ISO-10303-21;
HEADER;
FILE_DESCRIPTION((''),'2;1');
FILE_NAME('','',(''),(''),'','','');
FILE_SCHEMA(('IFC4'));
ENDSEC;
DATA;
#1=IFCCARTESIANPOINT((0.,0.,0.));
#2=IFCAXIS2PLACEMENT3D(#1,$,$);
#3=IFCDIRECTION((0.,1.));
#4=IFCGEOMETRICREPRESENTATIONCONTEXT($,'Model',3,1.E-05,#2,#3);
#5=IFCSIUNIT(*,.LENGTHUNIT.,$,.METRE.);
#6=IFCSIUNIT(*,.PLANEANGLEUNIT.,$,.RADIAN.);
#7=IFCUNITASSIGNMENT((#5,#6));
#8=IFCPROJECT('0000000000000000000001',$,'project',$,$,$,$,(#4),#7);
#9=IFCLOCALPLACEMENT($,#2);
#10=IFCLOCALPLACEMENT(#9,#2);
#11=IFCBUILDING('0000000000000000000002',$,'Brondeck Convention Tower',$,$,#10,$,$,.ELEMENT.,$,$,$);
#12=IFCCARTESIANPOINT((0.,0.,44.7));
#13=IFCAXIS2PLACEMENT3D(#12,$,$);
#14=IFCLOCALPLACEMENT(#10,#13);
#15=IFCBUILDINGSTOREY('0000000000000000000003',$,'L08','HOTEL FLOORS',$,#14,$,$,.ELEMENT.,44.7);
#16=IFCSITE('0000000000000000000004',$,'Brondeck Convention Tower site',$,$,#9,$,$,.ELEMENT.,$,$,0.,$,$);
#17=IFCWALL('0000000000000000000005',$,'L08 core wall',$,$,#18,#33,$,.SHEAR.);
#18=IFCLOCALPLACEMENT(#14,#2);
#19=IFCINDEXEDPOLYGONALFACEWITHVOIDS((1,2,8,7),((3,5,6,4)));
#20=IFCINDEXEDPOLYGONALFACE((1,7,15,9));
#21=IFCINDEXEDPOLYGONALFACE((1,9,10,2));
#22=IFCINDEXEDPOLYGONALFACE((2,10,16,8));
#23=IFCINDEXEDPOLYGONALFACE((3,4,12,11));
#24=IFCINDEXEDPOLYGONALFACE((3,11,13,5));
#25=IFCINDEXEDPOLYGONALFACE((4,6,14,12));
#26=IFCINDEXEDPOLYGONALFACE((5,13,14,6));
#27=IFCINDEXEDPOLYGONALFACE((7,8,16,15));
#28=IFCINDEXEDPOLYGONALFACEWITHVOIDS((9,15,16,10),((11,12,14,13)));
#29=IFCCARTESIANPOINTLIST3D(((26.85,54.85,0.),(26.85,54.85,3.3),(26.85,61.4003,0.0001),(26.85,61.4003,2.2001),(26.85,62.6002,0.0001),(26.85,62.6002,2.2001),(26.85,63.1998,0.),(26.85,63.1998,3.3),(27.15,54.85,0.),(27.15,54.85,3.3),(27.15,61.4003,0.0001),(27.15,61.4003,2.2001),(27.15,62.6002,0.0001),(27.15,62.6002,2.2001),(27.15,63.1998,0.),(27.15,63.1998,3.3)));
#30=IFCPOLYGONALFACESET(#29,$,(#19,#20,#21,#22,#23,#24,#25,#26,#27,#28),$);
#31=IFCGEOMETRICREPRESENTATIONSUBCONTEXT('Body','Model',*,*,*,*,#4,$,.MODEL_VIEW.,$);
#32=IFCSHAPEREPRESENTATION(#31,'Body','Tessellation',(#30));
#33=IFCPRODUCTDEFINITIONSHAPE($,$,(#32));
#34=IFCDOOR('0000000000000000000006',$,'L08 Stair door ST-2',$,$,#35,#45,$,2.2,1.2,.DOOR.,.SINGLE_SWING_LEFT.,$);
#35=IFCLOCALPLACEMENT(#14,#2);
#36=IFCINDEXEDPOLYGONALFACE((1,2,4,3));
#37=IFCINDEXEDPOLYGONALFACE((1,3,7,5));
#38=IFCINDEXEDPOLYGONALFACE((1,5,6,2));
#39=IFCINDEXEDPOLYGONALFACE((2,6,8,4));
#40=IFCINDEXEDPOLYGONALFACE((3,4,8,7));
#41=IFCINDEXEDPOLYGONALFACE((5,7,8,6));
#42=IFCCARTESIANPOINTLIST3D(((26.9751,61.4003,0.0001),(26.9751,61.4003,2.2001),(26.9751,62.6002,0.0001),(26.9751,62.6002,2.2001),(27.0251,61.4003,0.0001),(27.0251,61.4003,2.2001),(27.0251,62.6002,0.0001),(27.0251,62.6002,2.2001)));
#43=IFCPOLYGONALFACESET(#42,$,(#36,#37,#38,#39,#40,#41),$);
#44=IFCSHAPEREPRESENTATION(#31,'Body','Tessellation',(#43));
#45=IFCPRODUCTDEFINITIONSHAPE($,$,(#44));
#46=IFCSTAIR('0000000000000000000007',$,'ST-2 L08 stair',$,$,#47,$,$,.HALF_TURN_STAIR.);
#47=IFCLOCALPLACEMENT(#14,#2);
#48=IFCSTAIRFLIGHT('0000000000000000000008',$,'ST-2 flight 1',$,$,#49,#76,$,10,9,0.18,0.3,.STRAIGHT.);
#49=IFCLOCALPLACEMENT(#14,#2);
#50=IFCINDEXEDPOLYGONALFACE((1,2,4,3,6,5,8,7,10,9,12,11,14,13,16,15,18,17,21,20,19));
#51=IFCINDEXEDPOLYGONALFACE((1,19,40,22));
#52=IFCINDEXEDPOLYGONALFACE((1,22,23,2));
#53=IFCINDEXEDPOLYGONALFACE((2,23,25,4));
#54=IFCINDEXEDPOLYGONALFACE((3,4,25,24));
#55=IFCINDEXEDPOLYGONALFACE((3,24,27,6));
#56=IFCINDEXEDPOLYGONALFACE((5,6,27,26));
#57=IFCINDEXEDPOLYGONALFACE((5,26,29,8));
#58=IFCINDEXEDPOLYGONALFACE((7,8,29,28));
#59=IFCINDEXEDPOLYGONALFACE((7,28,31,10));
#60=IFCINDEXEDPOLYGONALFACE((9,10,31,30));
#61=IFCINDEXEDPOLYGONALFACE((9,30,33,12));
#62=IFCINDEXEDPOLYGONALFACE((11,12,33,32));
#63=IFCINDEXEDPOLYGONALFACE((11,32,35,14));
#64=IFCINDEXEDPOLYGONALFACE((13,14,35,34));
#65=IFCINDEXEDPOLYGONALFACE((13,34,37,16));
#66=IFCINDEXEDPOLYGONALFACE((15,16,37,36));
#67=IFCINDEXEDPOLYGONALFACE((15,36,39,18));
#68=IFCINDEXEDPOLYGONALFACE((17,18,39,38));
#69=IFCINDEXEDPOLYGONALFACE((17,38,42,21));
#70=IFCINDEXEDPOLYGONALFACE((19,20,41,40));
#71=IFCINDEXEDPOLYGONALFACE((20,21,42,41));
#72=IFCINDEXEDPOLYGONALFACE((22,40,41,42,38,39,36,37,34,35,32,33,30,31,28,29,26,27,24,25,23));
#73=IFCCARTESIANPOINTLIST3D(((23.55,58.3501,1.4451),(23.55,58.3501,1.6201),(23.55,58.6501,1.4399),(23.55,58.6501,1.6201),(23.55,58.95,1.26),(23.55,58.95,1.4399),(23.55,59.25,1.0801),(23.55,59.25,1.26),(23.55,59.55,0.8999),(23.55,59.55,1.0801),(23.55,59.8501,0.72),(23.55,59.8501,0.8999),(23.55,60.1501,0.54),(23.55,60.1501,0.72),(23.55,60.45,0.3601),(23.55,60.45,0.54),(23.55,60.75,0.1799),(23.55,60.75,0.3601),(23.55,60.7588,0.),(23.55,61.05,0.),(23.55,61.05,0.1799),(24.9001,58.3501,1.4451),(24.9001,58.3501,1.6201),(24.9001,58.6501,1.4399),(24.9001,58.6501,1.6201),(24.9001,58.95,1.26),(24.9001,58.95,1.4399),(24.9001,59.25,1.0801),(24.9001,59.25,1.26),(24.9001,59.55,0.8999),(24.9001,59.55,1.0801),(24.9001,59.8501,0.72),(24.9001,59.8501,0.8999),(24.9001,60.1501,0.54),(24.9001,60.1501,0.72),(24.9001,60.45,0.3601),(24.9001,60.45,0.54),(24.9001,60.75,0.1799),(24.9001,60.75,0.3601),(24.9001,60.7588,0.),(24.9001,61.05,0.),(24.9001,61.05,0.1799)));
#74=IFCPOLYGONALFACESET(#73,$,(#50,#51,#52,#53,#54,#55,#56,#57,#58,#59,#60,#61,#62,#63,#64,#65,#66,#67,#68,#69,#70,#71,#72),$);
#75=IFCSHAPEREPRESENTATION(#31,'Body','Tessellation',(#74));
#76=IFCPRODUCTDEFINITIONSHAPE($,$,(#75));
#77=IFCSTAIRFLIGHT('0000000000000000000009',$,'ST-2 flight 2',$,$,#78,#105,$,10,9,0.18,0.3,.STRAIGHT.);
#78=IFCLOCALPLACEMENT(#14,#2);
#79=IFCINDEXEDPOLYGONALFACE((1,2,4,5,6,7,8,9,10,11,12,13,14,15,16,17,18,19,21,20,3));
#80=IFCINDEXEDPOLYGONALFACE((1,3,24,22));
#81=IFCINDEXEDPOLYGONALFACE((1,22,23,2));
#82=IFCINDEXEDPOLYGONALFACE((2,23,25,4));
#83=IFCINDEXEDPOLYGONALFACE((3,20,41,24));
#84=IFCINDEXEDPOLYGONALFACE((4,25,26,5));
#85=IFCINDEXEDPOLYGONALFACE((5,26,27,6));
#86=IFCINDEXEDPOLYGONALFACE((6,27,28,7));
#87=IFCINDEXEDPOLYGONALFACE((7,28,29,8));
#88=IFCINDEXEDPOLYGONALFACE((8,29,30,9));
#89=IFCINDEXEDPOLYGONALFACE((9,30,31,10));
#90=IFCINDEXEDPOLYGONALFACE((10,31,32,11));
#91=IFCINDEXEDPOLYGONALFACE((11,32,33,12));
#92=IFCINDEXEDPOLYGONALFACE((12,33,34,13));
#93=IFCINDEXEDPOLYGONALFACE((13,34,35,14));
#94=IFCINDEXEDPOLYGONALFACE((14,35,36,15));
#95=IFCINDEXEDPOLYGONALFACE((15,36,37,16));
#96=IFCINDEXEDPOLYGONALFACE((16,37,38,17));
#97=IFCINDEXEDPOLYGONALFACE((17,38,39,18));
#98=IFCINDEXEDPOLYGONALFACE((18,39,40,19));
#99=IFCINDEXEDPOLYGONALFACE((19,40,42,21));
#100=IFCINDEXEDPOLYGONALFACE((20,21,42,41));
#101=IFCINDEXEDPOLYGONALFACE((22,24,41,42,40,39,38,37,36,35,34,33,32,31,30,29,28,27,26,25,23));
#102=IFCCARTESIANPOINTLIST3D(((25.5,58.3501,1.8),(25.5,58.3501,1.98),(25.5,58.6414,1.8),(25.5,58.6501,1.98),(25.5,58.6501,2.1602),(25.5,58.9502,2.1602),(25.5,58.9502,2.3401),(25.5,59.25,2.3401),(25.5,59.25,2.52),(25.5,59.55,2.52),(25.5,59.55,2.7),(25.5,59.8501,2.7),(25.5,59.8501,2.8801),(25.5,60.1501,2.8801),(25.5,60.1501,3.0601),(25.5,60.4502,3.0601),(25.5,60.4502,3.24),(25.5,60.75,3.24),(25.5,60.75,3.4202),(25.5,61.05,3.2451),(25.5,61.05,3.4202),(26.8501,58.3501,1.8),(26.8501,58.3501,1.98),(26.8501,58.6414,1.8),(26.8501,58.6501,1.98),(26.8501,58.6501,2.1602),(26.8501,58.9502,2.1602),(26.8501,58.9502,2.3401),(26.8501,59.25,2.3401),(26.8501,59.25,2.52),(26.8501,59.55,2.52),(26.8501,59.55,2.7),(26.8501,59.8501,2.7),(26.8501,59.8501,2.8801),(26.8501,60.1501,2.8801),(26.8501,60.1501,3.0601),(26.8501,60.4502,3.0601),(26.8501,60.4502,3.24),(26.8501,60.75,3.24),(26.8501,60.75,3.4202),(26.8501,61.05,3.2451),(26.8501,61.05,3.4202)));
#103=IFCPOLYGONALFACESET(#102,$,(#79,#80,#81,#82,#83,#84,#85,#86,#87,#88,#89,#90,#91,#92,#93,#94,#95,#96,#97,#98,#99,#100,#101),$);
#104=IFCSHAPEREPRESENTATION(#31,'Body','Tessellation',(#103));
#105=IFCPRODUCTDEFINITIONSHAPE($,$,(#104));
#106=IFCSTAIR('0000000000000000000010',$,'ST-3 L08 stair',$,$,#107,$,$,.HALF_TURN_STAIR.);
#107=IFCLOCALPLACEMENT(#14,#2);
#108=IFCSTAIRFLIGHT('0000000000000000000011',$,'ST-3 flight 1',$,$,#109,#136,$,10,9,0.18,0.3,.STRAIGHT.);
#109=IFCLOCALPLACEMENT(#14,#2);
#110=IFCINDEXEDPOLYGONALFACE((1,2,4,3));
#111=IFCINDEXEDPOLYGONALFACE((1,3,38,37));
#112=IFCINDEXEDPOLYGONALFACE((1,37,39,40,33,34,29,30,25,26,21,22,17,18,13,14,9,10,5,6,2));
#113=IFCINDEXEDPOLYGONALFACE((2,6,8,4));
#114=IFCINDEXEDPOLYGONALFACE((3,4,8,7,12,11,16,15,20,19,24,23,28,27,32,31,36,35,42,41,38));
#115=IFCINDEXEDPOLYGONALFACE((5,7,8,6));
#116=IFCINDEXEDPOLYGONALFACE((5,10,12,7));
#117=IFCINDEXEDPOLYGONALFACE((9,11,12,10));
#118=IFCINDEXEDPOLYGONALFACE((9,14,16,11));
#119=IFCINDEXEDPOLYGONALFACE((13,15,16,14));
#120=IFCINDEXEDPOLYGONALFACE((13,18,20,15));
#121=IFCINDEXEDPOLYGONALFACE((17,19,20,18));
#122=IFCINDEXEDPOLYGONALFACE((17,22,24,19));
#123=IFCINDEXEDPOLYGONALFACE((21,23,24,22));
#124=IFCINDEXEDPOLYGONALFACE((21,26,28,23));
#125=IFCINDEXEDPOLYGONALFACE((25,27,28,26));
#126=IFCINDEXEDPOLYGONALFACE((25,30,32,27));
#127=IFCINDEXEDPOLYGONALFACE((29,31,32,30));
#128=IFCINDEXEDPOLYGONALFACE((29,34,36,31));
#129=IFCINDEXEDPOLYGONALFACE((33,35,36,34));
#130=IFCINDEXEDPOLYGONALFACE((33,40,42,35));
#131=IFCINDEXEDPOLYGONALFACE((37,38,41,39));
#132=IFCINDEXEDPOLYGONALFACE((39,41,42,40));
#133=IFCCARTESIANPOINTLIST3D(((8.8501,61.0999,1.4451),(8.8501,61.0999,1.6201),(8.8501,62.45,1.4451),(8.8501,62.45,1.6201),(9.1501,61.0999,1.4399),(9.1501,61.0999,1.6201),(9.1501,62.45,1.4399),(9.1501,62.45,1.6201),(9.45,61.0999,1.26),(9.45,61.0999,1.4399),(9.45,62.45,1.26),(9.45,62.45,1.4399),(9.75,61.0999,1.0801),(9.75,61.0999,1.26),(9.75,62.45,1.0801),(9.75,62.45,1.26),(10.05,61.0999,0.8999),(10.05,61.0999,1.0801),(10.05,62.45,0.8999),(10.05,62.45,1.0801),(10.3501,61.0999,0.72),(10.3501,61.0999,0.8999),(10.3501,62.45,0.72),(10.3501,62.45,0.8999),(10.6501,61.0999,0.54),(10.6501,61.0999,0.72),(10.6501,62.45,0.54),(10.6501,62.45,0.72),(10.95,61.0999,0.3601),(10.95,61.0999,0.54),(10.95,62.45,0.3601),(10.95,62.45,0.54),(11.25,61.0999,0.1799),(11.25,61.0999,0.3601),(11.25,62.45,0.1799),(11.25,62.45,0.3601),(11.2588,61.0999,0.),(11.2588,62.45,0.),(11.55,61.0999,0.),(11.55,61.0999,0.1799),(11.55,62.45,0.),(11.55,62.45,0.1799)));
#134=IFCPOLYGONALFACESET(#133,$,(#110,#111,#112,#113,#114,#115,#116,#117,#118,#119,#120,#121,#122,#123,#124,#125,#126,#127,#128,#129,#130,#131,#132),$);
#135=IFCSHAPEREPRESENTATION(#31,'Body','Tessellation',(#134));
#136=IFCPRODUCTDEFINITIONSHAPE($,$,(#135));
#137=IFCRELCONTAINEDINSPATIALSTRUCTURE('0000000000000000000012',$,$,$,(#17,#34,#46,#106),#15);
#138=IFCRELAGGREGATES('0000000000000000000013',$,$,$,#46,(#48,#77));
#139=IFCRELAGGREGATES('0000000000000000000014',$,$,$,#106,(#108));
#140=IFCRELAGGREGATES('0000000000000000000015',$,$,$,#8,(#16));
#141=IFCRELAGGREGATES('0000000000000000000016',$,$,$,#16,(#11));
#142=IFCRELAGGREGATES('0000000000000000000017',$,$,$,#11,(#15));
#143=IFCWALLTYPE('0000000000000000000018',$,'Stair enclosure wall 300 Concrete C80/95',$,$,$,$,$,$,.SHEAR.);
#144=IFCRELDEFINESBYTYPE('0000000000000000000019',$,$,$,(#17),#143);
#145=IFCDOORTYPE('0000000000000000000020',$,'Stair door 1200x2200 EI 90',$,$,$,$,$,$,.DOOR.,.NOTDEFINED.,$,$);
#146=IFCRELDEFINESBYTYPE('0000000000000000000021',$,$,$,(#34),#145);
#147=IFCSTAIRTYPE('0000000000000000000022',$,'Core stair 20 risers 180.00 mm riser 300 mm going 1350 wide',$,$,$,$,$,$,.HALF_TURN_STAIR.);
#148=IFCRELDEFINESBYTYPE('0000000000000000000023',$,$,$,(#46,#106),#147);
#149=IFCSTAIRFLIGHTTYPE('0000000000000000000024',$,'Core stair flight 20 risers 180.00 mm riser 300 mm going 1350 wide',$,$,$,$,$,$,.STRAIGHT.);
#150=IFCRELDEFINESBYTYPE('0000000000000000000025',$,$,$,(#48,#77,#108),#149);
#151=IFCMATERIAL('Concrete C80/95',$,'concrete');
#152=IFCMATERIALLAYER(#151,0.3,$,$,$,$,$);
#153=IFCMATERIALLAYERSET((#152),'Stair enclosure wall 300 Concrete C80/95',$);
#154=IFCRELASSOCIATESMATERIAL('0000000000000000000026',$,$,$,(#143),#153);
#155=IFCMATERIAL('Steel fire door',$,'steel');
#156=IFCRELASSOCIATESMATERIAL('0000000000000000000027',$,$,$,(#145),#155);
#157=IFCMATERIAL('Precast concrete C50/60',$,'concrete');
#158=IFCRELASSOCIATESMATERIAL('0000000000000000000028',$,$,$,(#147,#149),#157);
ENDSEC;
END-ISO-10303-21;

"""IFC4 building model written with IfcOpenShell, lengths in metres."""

from ifc_helpers import new_model, si_unit, direction, frame, frame_2d, origin, place, context, subcontext, project, spatial, polyline, rectangle, outline, extrude, material, layer, layer_set, type_object, element, fill, aggregate, save


model = new_model("IFC4")

# Units and contexts
model_context = context("Model", 3, precision=1e-05, world=origin(), true_north=direction((0.0, 1.0)))
body_context = subcontext(model_context, "Body", "Model", "MODEL_VIEW")
ifc_project = project(units=[si_unit("LENGTHUNIT", "METRE"), si_unit("PLANEANGLEUNIT", "RADIAN")], contexts=[model_context])

# Site, building, storey
site_placement = place(None, origin())
site = spatial("IfcSite", under=ifc_project, at=site_placement, Name="Brondeck Convention Tower site", CompositionType="ELEMENT", RefElevation=0.0)
building_placement = place(site_placement, origin())
building = spatial("IfcBuilding", under=site, at=building_placement, Name="Brondeck Convention Tower", CompositionType="ELEMENT")
storey_placement = place(building_placement, frame((0.0, 0.0, 44.7)))
storey = spatial("IfcBuildingStorey", under=building, at=storey_placement, Name="L08", Description="HOTEL FLOORS", CompositionType="ELEMENT", Elevation=44.7)

# Shared definitions
ifc_material_1 = material(Name="Concrete C80/95", Category="concrete")

# Shared definitions
ifc_material_2 = material(Name="Steel fire door", Category="steel")

# Shared definitions
ifc_layer_1 = layer(ifc_material_1, 0.3)
ifc_layer_set_1 = layer_set([ifc_layer_1], Name="Stair enclosure wall 300 Concrete C80/95")
wall_type_1 = type_object("IfcWallType", Name="Stair enclosure wall 300 Concrete C80/95", PredefinedType="SHEAR", material=ifc_layer_set_1)

# Wall, opening, door
wall_1_placement = place(storey_placement, frame((27.0, 54.8501, 0.0), z_axis=(0.0, 0.0, 1.0), x_axis=(0.0, 1.0, 0.0)))
wall_1 = element("IfcWall", 1, at=wall_1_placement, inside=storey, type_object=wall_type_1, Name="L08 core wall", PredefinedType="SHEAR", context=body_context, shape_type="SweptSolid", body=[
    extrude(rectangle(XDim=8.3499, YDim=0.3, at=frame_2d((4.1748, 0.0))), origin(), (0.0, 0.0, 1.0), 3.3),
])
opening_1_placement = place(wall_1_placement, frame((6.55, 0.0, 0.0)))
opening_1 = element("IfcOpeningElement", 2, at=opening_1_placement, cuts=wall_1, PredefinedType="OPENING", context=body_context, shape_type="SweptSolid", body=[
    extrude(rectangle(XDim=1.2, YDim=2.2, at=frame_2d((0.6001, 1.1001))), frame((0.0, 0.1599, 0.0), z_axis=(0.0, -1.0, 0.0), x_axis=(1.0, 0.0, 0.0)), (0.0, 0.0, 1.0), 0.3201),
])
door_type_1 = type_object("IfcDoorType", Name="Stair door 1200x2200 EI 90", OperationType="NOTDEFINED", PredefinedType="DOOR", material=ifc_material_2)
door_1_placement = place(opening_1_placement, origin())
door_1 = element("IfcDoor", 3, at=door_1_placement, inside=storey, type_object=door_type_1, Name="L08 Stair door ST-2", OperationType="SINGLE_SWING_LEFT", OverallHeight=2.2, OverallWidth=1.2, PredefinedType="DOOR", context=body_context, shape_type="SweptSolid", body=[
    extrude(rectangle(XDim=1.2, YDim=2.2, at=frame_2d((0.6001, 1.1001))), frame((0.0, 0.0249, 0.0), z_axis=(0.0, -1.0, 0.0), x_axis=(1.0, 0.0, 0.0)), (0.0, 0.0, 1.0), 0.05),
])
fill(opening_1, door_1)

# Stair, stair flights
ifc_material_3 = material(Name="Precast concrete C50/60", Category="concrete")
stair_type = type_object("IfcStairType", Name="Core stair 20 risers 180.00 mm riser 300 mm going 1350 wide", PredefinedType="HALF_TURN_STAIR", material=ifc_material_3)
stair_1_placement = place(storey_placement, origin())
stair_1 = element("IfcStair", 4, at=stair_1_placement, inside=storey, type_object=stair_type, Name="ST-2 L08 stair", PredefinedType="HALF_TURN_STAIR")
stair_flight_type = type_object("IfcStairFlightType", Name="Core stair flight 20 risers 180.00 mm riser 300 mm going 1350 wide", PredefinedType="STRAIGHT", material=ifc_material_3)
stair_flight_1_placement = place(storey_placement, frame((24.2251, 61.05, 0.0), z_axis=(0.0, 0.0, 1.0), x_axis=(0.0, -1.0, 0.0)))
stair_flight_1 = element("IfcStairFlight", 5, at=stair_flight_1_placement, type_object=stair_flight_type, Name="ST-2 flight 1", NumberOfRisers=10, NumberOfTreads=9, PredefinedType="STRAIGHT", RiserHeight=0.18, TreadLength=0.3, context=body_context, shape_type="SweptSolid", body=[
    extrude(outline(polyline([(0.0, 0.0), (0.0, 0.1799), (0.3, 0.1799), (0.3, 0.3601), (0.6001, 0.3601), (0.6001, 0.54), (0.8999, 0.54), (0.8999, 0.72), (1.2, 0.72), (1.2, 0.8999), (1.5, 0.8999), (1.5, 1.0801), (1.8, 1.0801), (1.8, 1.26), (2.1001, 1.26), (2.1001, 1.4399), (2.3999, 1.4399), (2.3999, 1.6201), (2.7, 1.6201), (2.7, 1.8), (2.7, 1.4451), (0.2913, 0.0), (0.0, 0.0)])), frame((0.0, 0.675, 0.0), z_axis=(0.0, -1.0, 0.0), x_axis=(1.0, 0.0, 0.0)), (0.0, 0.0, 1.0), 1.3501),
])
stair_flight_2_placement = place(storey_placement, frame((26.175, 58.3501, 1.8), z_axis=(0.0, 0.0, 1.0), x_axis=(0.0, 1.0, 0.0)))
stair_flight_2 = element("IfcStairFlight", 6, at=stair_flight_2_placement, type_object=stair_flight_type, Name="ST-2 flight 2", NumberOfRisers=10, NumberOfTreads=9, PredefinedType="STRAIGHT", RiserHeight=0.18, TreadLength=0.3, context=body_context, shape_type="SweptSolid", body=[
    extrude(outline(polyline([(0.0, 0.0), (0.0, 0.1799), (0.3, 0.1799), (0.3, 0.3601), (0.6001, 0.3601), (0.6001, 0.54), (0.8999, 0.54), (0.8999, 0.72), (1.2, 0.72), (1.2, 0.8999), (1.5, 0.8999), (1.5, 1.0801), (1.8, 1.0801), (1.8, 1.26), (2.1001, 1.26), (2.1001, 1.4399), (2.3999, 1.4399), (2.3999, 1.6201), (2.7, 1.6201), (2.7, 1.8), (2.7, 1.4451), (0.2913, 0.0), (0.0, 0.0)])), frame((0.0, 0.675, 0.0), z_axis=(0.0, -1.0, 0.0), x_axis=(1.0, 0.0, 0.0)), (0.0, 0.0, 1.0), 1.3501),
])
aggregate(stair_1, [stair_flight_1, stair_flight_2])

# Stair, stair flight
stair_2_placement = place(storey_placement, origin())
stair_2 = element("IfcStair", 7, at=stair_2_placement, inside=storey, type_object=stair_type, Name="ST-3 L08 stair", PredefinedType="HALF_TURN_STAIR")
stair_flight_3_placement = place(storey_placement, frame((11.55, 61.7749, 0.0), z_axis=(0.0, 0.0, 1.0), x_axis=(-1.0, 0.0, 0.0)))
stair_flight_3 = element("IfcStairFlight", 8, at=stair_flight_3_placement, type_object=stair_flight_type, Name="ST-3 flight 1", NumberOfRisers=10, NumberOfTreads=9, PredefinedType="STRAIGHT", RiserHeight=0.18, TreadLength=0.3, context=body_context, shape_type="SweptSolid", body=[
    extrude(outline(polyline([(0.0, 0.0), (0.0, 0.1799), (0.3, 0.1799), (0.3, 0.3601), (0.6001, 0.3601), (0.6001, 0.54), (0.8999, 0.54), (0.8999, 0.72), (1.2, 0.72), (1.2, 0.8999), (1.5, 0.8999), (1.5, 1.0801), (1.8, 1.0801), (1.8, 1.26), (2.1001, 1.26), (2.1001, 1.4399), (2.3999, 1.4399), (2.3999, 1.6201), (2.7, 1.6201), (2.7, 1.8), (2.7, 1.4451), (0.2913, 0.0), (0.0, 0.0)])), frame((0.0, 0.675, 0.0), z_axis=(0.0, -1.0, 0.0), x_axis=(1.0, 0.0, 0.0)), (0.0, 0.0, 1.0), 1.3501),
])
aggregate(stair_2, [stair_flight_3])

save(model, "model.ifc")
